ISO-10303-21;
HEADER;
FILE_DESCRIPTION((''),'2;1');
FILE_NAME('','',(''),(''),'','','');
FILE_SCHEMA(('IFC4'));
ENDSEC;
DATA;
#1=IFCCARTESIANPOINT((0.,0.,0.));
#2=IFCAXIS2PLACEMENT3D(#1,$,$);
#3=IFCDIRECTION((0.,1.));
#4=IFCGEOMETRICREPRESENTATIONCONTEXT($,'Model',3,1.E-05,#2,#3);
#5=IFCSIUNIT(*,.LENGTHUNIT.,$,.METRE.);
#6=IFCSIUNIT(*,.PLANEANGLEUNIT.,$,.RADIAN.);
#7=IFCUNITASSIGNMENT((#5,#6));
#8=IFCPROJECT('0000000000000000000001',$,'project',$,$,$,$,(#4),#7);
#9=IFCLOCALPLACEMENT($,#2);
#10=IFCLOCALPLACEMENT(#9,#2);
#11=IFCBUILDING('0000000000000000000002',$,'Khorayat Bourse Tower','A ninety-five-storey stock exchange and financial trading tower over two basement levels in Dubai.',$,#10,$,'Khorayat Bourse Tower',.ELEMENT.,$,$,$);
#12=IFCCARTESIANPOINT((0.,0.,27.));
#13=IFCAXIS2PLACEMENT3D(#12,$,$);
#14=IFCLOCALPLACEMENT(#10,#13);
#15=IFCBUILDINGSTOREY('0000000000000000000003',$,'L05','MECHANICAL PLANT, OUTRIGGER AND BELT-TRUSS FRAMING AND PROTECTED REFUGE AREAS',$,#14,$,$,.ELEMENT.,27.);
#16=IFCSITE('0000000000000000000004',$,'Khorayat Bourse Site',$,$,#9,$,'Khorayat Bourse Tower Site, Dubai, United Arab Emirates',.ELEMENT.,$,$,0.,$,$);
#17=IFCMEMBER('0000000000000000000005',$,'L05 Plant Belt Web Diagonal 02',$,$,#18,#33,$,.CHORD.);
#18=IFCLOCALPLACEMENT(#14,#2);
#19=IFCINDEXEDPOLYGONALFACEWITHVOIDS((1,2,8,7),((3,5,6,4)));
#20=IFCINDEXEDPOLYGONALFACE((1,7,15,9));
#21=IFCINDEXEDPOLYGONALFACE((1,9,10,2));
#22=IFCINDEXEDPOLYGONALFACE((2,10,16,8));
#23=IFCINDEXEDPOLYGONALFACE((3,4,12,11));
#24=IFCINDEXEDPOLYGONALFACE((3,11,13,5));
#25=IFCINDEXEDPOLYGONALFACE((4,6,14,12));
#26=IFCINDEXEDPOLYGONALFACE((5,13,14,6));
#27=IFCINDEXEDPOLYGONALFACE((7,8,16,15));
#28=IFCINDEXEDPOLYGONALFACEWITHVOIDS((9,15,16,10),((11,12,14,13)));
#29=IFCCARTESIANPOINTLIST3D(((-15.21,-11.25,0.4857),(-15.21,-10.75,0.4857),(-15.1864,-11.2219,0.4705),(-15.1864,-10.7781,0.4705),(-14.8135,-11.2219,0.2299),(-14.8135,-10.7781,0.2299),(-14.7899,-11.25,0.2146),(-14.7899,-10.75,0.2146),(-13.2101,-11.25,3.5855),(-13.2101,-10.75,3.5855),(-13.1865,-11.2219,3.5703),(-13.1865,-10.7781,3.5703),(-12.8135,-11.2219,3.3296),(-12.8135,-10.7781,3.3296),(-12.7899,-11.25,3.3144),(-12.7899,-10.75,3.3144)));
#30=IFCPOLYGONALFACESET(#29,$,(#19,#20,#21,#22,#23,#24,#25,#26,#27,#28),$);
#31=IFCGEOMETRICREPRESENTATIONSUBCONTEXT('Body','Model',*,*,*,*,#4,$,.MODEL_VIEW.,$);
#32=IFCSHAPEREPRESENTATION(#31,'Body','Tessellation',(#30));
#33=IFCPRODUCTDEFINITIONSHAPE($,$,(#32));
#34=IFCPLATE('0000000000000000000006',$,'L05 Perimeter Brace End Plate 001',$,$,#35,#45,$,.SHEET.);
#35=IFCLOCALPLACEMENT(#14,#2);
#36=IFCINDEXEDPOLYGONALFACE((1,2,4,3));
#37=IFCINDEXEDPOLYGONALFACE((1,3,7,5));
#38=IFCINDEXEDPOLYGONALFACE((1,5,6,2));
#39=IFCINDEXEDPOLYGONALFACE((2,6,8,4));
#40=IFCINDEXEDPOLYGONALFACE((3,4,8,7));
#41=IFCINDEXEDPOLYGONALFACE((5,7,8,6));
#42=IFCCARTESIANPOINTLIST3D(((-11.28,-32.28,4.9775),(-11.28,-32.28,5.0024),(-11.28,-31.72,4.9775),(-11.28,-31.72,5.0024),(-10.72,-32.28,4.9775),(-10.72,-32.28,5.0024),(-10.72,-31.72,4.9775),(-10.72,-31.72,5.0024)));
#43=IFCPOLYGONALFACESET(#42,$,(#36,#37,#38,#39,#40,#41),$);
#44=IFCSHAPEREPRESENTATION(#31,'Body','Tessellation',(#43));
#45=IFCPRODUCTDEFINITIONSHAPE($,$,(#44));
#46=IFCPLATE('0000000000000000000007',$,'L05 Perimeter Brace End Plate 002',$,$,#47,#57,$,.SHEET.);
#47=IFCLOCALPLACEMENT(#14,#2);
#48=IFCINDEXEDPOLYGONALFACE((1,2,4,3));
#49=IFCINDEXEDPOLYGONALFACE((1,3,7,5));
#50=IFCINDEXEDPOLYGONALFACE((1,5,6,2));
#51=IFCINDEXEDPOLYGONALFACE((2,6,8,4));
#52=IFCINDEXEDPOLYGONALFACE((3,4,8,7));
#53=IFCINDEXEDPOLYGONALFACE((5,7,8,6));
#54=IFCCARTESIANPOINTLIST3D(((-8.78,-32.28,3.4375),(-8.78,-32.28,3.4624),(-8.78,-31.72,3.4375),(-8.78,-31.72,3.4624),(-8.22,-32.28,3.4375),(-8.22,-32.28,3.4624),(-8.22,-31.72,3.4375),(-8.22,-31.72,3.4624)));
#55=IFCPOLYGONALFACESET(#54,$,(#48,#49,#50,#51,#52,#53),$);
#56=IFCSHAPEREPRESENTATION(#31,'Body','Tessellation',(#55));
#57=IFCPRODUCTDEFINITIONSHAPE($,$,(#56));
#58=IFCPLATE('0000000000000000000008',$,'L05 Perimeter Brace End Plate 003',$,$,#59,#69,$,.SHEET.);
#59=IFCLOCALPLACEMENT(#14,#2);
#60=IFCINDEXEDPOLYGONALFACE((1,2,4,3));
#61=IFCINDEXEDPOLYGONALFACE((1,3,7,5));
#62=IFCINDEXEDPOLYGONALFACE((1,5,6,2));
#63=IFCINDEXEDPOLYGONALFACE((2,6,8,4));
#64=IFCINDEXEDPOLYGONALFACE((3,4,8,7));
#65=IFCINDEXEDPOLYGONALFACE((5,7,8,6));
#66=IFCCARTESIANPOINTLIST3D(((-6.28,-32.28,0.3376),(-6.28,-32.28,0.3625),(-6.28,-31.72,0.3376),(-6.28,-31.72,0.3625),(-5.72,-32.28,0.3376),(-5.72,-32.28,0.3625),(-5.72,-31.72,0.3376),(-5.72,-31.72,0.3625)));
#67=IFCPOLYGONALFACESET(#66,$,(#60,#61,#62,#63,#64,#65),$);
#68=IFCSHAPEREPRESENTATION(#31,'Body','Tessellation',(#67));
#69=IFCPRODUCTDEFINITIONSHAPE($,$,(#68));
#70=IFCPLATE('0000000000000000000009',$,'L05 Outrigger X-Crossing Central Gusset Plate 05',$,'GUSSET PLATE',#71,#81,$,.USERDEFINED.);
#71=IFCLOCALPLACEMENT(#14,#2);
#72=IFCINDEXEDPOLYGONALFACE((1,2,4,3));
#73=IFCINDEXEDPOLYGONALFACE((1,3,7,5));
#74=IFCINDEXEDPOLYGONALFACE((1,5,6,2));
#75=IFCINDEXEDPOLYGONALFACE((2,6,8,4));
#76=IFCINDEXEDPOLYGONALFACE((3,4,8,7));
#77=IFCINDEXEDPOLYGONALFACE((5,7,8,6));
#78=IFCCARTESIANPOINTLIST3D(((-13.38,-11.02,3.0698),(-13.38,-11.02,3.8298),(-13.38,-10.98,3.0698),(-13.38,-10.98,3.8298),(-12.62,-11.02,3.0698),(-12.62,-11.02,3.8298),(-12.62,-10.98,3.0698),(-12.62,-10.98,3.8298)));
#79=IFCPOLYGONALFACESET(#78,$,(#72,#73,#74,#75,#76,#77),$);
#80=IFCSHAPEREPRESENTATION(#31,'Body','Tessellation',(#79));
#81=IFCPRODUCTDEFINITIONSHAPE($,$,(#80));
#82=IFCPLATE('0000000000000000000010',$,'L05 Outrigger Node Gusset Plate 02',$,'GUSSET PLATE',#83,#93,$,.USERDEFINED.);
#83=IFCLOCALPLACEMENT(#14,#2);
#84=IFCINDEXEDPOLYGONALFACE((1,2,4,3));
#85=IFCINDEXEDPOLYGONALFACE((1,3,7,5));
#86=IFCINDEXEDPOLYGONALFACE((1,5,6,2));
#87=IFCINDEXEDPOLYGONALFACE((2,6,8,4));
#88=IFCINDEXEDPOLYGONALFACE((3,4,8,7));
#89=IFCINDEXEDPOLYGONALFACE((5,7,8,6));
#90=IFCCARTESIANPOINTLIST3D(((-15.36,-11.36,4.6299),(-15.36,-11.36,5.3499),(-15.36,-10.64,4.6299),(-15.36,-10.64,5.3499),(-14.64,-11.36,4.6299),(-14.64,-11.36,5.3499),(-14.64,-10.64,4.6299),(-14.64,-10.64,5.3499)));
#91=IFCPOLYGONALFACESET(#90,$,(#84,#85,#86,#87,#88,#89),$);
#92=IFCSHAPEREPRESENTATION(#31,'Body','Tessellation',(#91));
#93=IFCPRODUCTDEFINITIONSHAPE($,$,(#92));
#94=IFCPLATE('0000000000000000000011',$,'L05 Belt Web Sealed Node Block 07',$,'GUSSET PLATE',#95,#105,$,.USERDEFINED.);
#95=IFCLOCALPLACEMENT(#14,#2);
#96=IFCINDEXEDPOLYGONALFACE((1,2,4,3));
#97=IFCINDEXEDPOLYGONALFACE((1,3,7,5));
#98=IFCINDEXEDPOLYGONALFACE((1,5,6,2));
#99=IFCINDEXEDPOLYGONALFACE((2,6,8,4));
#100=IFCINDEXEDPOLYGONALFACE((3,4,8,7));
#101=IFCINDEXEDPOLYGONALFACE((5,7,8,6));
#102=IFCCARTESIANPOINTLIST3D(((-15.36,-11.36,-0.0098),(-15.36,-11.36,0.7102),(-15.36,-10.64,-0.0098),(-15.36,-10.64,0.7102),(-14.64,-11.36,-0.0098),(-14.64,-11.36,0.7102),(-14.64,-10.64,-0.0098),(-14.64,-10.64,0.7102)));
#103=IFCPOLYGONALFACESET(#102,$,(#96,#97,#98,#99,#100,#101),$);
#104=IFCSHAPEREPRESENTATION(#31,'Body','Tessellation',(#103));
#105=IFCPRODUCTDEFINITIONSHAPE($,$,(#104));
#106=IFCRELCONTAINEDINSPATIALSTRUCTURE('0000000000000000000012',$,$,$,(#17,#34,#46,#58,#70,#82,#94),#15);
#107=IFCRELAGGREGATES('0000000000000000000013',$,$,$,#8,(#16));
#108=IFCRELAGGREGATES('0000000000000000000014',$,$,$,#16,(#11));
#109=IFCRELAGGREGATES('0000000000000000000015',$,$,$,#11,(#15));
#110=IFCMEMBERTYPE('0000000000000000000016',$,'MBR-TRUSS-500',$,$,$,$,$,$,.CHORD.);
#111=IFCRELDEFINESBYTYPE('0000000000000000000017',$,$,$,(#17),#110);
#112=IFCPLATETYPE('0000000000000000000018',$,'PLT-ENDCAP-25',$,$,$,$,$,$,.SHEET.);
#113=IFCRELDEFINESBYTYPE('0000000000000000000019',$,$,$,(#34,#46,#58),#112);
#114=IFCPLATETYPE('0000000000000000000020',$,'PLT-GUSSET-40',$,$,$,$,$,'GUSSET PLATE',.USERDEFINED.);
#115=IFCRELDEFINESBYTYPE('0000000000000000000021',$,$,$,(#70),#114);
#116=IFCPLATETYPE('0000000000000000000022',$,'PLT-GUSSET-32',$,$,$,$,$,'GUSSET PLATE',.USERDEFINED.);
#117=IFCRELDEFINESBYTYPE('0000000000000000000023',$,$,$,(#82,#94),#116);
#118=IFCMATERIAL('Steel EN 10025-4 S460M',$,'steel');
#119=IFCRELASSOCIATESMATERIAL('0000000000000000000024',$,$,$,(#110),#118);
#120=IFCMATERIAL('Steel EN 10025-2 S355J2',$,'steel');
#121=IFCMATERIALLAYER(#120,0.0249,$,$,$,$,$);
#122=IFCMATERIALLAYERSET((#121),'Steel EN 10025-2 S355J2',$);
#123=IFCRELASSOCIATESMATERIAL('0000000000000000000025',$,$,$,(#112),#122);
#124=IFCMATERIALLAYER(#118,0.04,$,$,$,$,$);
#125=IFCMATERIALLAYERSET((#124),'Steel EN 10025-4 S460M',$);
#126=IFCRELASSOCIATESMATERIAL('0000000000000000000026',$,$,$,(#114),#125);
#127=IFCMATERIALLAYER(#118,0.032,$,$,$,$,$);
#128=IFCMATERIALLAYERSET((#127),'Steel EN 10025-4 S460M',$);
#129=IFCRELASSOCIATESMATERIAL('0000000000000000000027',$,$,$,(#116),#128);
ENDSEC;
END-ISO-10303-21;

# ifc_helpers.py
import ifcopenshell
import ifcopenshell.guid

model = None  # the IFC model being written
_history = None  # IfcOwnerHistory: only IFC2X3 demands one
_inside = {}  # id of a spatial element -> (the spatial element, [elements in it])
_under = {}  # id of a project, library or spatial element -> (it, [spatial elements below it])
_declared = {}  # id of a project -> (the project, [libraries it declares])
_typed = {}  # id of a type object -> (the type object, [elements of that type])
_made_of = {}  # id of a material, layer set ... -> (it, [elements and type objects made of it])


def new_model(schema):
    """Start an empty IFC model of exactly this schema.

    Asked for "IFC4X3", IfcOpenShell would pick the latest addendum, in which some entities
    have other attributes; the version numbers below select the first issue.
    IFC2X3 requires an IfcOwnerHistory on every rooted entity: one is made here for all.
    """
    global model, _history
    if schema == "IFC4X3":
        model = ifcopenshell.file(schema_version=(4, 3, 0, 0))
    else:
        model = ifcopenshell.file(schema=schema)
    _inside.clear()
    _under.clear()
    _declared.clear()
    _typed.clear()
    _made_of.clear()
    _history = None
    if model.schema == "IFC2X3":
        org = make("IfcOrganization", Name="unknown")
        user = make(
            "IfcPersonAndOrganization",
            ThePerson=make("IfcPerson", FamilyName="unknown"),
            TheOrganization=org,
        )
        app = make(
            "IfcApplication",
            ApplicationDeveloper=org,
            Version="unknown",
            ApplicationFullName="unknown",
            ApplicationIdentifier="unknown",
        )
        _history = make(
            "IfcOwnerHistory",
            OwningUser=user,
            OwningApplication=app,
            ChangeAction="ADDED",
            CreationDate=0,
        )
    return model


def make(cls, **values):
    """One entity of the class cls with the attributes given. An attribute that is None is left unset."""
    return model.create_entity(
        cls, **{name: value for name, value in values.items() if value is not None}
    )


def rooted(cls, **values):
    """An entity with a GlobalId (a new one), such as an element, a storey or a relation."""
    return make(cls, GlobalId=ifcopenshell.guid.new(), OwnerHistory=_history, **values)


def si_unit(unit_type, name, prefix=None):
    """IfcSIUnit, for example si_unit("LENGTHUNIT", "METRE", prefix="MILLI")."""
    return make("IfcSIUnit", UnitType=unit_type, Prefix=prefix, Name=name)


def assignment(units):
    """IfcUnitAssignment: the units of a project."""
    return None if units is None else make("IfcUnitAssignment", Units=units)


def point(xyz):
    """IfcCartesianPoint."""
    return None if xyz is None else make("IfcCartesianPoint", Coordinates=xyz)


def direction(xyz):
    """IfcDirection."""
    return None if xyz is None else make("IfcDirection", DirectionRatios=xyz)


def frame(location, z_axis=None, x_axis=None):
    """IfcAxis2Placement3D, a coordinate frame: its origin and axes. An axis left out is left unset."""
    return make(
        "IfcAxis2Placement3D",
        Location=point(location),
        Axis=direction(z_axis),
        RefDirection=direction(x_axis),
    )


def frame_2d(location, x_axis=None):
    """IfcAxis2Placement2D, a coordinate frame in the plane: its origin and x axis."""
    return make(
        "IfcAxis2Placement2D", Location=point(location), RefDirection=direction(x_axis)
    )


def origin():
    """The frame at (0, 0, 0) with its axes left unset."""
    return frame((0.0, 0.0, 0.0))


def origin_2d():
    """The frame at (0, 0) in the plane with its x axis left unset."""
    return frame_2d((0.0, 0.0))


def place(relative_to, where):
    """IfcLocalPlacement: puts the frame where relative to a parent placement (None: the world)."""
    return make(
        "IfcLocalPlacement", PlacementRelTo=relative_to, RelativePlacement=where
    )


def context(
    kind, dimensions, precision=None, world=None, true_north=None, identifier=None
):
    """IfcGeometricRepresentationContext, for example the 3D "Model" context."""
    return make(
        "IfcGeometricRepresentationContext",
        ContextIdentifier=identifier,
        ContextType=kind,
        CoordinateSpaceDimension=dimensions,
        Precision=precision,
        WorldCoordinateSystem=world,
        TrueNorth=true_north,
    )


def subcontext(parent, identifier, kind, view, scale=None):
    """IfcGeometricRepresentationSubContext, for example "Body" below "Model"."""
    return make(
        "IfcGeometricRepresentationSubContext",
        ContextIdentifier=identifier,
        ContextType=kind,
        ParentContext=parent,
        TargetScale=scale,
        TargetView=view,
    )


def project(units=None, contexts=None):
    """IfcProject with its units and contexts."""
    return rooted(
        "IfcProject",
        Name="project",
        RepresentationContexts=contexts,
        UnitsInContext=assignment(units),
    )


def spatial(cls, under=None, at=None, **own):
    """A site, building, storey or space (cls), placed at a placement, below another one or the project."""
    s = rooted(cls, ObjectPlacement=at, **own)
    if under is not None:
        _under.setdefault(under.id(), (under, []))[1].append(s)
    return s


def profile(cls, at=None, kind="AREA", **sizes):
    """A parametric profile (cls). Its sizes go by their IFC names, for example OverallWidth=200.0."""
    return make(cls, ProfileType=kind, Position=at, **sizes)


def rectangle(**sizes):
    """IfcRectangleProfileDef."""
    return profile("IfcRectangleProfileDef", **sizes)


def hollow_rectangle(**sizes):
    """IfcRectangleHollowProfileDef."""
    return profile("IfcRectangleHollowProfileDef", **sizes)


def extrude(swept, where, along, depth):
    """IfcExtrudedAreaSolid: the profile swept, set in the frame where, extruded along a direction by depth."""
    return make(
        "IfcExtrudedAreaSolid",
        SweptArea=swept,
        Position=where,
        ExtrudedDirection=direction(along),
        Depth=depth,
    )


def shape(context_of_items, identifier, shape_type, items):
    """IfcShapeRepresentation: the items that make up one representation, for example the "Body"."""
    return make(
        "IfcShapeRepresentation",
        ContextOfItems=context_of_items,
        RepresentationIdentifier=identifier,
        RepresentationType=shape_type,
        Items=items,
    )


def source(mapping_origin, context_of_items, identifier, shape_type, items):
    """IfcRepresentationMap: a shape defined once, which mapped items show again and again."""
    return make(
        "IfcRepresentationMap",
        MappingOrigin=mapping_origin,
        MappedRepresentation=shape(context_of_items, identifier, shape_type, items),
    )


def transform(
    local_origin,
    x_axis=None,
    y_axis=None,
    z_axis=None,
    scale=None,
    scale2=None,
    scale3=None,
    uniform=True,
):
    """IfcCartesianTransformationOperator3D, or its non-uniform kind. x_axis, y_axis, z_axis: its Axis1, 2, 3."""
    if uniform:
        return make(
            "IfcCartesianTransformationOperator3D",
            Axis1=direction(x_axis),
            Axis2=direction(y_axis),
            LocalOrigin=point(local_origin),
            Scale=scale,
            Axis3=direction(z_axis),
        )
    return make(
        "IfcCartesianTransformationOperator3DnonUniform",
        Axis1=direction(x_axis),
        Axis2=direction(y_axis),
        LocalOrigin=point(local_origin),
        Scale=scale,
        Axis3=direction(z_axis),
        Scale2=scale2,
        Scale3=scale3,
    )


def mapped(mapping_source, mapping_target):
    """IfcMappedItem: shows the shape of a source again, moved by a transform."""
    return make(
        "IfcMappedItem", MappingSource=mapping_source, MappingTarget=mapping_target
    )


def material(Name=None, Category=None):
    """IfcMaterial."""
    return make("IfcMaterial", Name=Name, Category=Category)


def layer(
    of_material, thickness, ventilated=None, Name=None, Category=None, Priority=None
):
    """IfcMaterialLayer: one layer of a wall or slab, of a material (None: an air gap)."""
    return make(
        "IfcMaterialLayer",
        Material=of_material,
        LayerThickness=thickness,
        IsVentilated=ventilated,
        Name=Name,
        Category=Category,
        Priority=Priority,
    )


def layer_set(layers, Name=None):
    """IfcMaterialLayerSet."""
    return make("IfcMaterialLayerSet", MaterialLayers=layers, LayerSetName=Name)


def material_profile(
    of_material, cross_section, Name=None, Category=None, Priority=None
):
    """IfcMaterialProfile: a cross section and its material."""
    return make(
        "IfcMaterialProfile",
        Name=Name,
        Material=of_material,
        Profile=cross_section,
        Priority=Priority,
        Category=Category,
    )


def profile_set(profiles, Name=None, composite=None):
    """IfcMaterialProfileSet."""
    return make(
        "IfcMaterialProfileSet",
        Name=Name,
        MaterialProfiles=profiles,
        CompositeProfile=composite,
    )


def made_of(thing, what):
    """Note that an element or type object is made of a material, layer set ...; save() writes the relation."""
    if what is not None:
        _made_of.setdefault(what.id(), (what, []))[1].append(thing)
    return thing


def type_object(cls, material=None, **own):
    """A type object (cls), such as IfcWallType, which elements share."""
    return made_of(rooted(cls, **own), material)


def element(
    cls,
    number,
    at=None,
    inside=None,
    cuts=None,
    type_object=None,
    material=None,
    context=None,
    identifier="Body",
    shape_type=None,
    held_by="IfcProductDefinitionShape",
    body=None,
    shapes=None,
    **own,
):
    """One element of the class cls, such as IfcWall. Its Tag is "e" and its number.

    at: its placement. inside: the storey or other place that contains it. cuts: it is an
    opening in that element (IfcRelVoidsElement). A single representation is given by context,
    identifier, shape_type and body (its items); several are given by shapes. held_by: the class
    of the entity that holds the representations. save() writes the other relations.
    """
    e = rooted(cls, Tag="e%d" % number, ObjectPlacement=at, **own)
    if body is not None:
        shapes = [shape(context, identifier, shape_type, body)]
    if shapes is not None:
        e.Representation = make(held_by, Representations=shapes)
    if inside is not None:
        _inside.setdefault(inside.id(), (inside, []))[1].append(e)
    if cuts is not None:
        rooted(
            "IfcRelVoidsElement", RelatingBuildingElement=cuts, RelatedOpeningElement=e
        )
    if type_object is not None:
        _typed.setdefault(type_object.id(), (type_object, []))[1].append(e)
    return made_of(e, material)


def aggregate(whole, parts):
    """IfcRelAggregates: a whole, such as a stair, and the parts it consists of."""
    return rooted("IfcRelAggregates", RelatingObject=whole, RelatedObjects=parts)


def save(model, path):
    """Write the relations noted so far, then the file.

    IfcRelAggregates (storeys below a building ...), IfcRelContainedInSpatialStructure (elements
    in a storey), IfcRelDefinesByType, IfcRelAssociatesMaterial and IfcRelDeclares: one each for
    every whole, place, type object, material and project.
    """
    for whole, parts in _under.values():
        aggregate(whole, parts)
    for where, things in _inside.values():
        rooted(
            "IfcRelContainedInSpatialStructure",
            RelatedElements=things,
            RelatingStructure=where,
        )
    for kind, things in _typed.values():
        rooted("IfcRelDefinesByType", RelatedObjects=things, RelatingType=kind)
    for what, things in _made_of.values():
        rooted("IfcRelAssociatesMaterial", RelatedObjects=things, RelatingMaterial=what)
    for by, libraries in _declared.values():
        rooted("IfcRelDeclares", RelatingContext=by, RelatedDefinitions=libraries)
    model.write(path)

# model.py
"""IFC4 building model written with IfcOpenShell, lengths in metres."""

from ifc_helpers import new_model, si_unit, direction, frame, origin, origin_2d, place, context, subcontext, project, spatial, rectangle, hollow_rectangle, extrude, source, transform, mapped, material, layer, layer_set, material_profile, profile_set, type_object, element, save


model = new_model("IFC4")

# Units and contexts
model_context = context("Model", 3, precision=1e-05, world=origin(), true_north=direction((0.0, 1.0)))
body_context = subcontext(model_context, "Body", "Model", "MODEL_VIEW")
ifc_project = project(units=[si_unit("LENGTHUNIT", "METRE"), si_unit("PLANEANGLEUNIT", "RADIAN")], contexts=[model_context])

# Site, building, storey
site_placement = place(None, origin())
site = spatial("IfcSite", under=ifc_project, at=site_placement, Name="Khorayat Bourse Site", LongName="Khorayat Bourse Tower Site, Dubai, United Arab Emirates", CompositionType="ELEMENT", RefElevation=0.0)
building_placement = place(site_placement, origin())
building = spatial("IfcBuilding", under=site, at=building_placement, Name="Khorayat Bourse Tower", Description="A ninety-five-storey stock exchange and financial trading tower over two basement levels in Dubai.", LongName="Khorayat Bourse Tower", CompositionType="ELEMENT")
storey_placement = place(building_placement, frame((0.0, 0.0, 27.0)))
storey = spatial("IfcBuildingStorey", under=building, at=storey_placement, Name="L05", Description="MECHANICAL PLANT, OUTRIGGER AND BELT-TRUSS FRAMING AND PROTECTED REFUGE AREAS", CompositionType="ELEMENT", Elevation=27.0)

# Shared definitions
ifc_material_1 = material(Name="Steel EN 10025-4 S460M", Category="steel")

# Member
ifc_material_profile_1 = material_profile(ifc_material_1, hollow_rectangle(XDim=0.5, YDim=0.5, WallThickness=0.0281, at=origin_2d()), Name="HSS 500x500x28")
ifc_profile_set_1 = profile_set([ifc_material_profile_1], Name="Steel EN 10025-4 S460M")
member_type_1 = type_object("IfcMemberType", Name="MBR-TRUSS-500", PredefinedType="CHORD", material=ifc_profile_set_1)
shared_shape_1 = source(origin(), body_context, "Body", "SweptSolid", [
    extrude(hollow_rectangle(XDim=0.5, YDim=0.5, WallThickness=0.0281, at=origin_2d()), origin(), (0.0, 0.0, 1.0), 3.689),
])
member_1_placement = place(storey_placement, frame((-13.0, -11.0, 3.45), z_axis=(-0.542145, 0.0, -0.840285), x_axis=(0.0, -1.0, 0.0)))
element("IfcMember", 1, at=member_1_placement, inside=storey, type_object=member_type_1, Name="L05 Plant Belt Web Diagonal 02", PredefinedType="CHORD", context=body_context, shape_type="MappedRepresentation", body=[
    mapped(shared_shape_1, transform((0.0, 0.0, 0.0), scale=1.0)),
])

# Plates
ifc_material_2 = material(Name="Steel EN 10025-2 S355J2", Category="steel")
ifc_layer_1 = layer(ifc_material_2, 0.0249)
ifc_layer_set_1 = layer_set([ifc_layer_1], Name="Steel EN 10025-2 S355J2")
plate_type_1 = type_object("IfcPlateType", Name="PLT-ENDCAP-25", PredefinedType="SHEET", material=ifc_layer_set_1)
shared_shape_2 = source(origin(), body_context, "Body", "SweptSolid", [
    extrude(rectangle(XDim=0.5601, YDim=0.5601, at=origin_2d()), origin(), (0.0, 0.0, 1.0), 0.0249),
])
for number, where, z_axis, x_axis, name in (
    (2, (-11.0, -32.0, 4.9775), (0.0, 0.0, 1.0), (1.0, 0.0, 0.0), "L05 Perimeter Brace End Plate 001"),
    (3, (-8.5, -32.0, 3.4375), (0.0, 0.0, 1.0), (1.0, 0.0, 0.0), "L05 Perimeter Brace End Plate 002"),
    (4, (-6.0, -32.0, 0.3376), (0.0, 0.0, 1.0), (1.0, 0.0, 0.0), "L05 Perimeter Brace End Plate 003"),
):
    element("IfcPlate", number, at=place(storey_placement, frame(where, z_axis=z_axis, x_axis=x_axis)), inside=storey, type_object=plate_type_1, Name=name, PredefinedType="SHEET", context=body_context, shape_type="MappedRepresentation", body=[
        mapped(shared_shape_2, transform((0.0, 0.0, 0.0), scale=1.0)),
    ])
ifc_layer_2 = layer(ifc_material_1, 0.04)
ifc_layer_set_2 = layer_set([ifc_layer_2], Name="Steel EN 10025-4 S460M")
plate_type_2 = type_object("IfcPlateType", Name="PLT-GUSSET-40", ElementType="GUSSET PLATE", PredefinedType="USERDEFINED", material=ifc_layer_set_2)
shared_shape_3 = source(origin(), body_context, "Body", "SweptSolid", [
    extrude(rectangle(XDim=0.76, YDim=0.04, at=origin_2d()), origin(), (0.0, 0.0, 1.0), 0.76),
])
plate_placement = place(storey_placement, frame((-13.0, -11.0, 3.0698), z_axis=(0.0, 0.0, 1.0), x_axis=(1.0, 0.0, 0.0)))
element("IfcPlate", 5, at=plate_placement, inside=storey, type_object=plate_type_2, Name="L05 Outrigger X-Crossing Central Gusset Plate 05", ObjectType="GUSSET PLATE", PredefinedType="USERDEFINED", context=body_context, shape_type="MappedRepresentation", body=[
    mapped(shared_shape_3, transform((0.0, 0.0, 0.0), scale=1.0)),
])
ifc_layer_3 = layer(ifc_material_1, 0.032)
ifc_layer_set_3 = layer_set([ifc_layer_3], Name="Steel EN 10025-4 S460M")
plate_type_3 = type_object("IfcPlateType", Name="PLT-GUSSET-32", ElementType="GUSSET PLATE", PredefinedType="USERDEFINED", material=ifc_layer_set_3)
shared_shape_4 = source(origin(), body_context, "Body", "SweptSolid", [
    extrude(rectangle(XDim=0.72, YDim=0.72, at=origin_2d()), origin(), (0.0, 0.0, 1.0), 0.72),
])
for number, where, z_axis, x_axis, name in (
    (6, (-15.0, -11.0, 4.6299), (0.0, 0.0, 1.0), (1.0, 0.0, 0.0), "L05 Outrigger Node Gusset Plate 02"),
    (7, (-15.0, -11.0, -0.0098), (0.0, 0.0, 1.0), (1.0, 0.0, 0.0), "L05 Belt Web Sealed Node Block 07"),
):
    element("IfcPlate", number, at=place(storey_placement, frame(where, z_axis=z_axis, x_axis=x_axis)), inside=storey, type_object=plate_type_3, Name=name, ObjectType="GUSSET PLATE", PredefinedType="USERDEFINED", context=body_context, shape_type="MappedRepresentation", body=[
        mapped(shared_shape_4, transform((0.0, 0.0, 0.0), scale=1.0)),
    ])

save(model, "model.ifc")
